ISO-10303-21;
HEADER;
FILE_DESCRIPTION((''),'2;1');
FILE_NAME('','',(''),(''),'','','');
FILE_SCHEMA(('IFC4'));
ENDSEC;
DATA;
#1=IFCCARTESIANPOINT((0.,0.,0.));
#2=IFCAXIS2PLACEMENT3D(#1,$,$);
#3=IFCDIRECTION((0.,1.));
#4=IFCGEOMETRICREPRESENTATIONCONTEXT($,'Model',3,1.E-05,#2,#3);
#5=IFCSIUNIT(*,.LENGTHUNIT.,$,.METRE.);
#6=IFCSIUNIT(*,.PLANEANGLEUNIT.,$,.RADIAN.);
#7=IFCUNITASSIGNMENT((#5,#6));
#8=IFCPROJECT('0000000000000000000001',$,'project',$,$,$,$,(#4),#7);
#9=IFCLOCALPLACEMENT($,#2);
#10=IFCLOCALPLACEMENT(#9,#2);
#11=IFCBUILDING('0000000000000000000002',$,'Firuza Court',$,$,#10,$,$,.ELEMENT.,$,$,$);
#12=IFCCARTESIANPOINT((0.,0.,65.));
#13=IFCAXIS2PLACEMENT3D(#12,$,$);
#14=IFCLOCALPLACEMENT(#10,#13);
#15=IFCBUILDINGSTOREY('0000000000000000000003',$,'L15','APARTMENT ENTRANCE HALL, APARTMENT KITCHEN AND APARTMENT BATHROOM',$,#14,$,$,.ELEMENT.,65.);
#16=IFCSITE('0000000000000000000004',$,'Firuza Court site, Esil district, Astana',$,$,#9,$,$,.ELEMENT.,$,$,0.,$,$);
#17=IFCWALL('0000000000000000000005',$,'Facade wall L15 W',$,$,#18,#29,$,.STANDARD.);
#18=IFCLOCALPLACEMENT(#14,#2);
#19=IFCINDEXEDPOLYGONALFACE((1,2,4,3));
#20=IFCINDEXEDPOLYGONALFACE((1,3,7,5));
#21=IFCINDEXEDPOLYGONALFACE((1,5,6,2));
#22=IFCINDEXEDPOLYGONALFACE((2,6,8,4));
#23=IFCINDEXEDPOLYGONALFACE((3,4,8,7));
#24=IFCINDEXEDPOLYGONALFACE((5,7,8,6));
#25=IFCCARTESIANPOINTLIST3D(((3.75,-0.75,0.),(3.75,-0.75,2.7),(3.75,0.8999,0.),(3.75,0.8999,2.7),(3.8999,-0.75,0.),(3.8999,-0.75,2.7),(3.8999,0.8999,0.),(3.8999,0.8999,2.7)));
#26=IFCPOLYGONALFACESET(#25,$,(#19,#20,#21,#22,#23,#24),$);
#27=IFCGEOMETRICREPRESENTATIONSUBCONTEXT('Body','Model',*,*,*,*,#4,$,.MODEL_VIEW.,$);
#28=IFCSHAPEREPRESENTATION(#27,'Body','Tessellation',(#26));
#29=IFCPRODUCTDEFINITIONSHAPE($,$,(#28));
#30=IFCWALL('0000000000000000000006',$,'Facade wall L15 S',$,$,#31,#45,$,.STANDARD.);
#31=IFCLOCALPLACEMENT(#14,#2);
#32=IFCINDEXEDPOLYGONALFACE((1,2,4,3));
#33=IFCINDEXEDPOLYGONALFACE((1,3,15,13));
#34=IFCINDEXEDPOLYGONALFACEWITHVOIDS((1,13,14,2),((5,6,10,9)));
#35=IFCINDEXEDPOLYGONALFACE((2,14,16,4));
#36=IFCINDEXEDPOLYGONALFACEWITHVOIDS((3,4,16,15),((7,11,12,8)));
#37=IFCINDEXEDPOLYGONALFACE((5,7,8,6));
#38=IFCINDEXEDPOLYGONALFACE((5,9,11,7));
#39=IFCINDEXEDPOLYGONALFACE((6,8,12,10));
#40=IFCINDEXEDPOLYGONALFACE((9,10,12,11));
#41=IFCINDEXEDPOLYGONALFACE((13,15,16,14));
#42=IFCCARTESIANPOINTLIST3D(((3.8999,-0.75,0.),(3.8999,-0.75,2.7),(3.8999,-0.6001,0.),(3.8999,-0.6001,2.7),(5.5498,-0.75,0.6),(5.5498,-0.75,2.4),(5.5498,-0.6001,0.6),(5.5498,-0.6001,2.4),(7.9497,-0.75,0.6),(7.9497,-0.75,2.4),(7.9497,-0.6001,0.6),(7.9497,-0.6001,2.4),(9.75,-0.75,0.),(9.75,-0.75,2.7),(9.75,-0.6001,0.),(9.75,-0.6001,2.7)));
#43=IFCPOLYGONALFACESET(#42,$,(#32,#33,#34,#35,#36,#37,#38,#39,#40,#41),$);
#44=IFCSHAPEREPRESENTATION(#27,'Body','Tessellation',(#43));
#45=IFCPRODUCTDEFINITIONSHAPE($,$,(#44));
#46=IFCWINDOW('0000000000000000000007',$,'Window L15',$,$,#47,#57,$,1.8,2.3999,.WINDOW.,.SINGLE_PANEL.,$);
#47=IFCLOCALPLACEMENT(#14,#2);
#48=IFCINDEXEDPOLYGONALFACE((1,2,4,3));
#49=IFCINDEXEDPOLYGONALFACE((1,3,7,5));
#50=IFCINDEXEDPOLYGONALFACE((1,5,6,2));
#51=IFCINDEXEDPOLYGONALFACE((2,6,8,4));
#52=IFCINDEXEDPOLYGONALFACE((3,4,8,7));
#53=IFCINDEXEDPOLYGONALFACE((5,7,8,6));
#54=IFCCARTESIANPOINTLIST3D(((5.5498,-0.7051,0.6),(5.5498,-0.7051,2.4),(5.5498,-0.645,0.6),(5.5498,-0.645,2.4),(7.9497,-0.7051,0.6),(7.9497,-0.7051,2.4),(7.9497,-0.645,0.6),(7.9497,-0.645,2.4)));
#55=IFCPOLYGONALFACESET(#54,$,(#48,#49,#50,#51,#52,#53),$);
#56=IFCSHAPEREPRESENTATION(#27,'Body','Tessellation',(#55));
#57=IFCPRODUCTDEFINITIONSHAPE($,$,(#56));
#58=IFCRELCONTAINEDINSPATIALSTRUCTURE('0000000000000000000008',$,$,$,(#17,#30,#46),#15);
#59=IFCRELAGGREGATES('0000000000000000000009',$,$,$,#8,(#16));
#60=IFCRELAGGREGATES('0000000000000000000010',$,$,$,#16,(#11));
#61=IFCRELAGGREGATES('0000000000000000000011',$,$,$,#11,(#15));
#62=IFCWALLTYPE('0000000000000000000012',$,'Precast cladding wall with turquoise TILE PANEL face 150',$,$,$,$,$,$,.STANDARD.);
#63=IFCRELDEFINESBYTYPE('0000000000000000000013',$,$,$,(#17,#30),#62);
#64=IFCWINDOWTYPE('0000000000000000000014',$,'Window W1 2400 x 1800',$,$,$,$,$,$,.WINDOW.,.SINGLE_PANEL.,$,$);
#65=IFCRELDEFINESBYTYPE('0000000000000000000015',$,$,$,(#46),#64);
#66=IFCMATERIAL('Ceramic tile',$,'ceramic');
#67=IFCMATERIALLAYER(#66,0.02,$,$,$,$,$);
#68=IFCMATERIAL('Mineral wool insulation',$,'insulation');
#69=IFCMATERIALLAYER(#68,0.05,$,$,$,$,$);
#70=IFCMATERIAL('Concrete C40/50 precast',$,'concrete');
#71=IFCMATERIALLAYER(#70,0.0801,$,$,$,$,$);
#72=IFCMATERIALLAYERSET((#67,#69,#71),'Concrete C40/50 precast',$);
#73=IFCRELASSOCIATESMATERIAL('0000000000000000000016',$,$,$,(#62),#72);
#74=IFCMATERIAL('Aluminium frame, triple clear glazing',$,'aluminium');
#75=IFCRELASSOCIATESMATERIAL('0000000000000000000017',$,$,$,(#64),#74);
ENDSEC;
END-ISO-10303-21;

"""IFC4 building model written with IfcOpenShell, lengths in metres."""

from ifc_helpers import new_model, si_unit, direction, frame, frame_2d, origin, place, context, subcontext, project, spatial, rectangle, extrude, material, layer, layer_set, type_object, element, fill, save


model = new_model("IFC4")

# Units and contexts
model_context = context("Model", 3, precision=1e-05, world=origin(), true_north=direction((0.0, 1.0)))
body_context = subcontext(model_context, "Body", "Model", "MODEL_VIEW")
ifc_project = project(units=[si_unit("LENGTHUNIT", "METRE"), si_unit("PLANEANGLEUNIT", "RADIAN")], contexts=[model_context])

# Site, building, storey
site_placement = place(None, origin())
site = spatial("IfcSite", under=ifc_project, at=site_placement, Name="Firuza Court site, Esil district, Astana", CompositionType="ELEMENT", RefElevation=0.0)
building_placement = place(site_placement, origin())
building = spatial("IfcBuilding", under=site, at=building_placement, Name="Firuza Court", CompositionType="ELEMENT")
storey_placement = place(building_placement, frame((0.0, 0.0, 65.0)))
storey = spatial("IfcBuildingStorey", under=building, at=storey_placement, Name="L15", Description="APARTMENT ENTRANCE HALL, APARTMENT KITCHEN AND APARTMENT BATHROOM", CompositionType="ELEMENT", Elevation=65.0)

# Shared definitions
ifc_material_1 = material(Name="Concrete C40/50 precast", Category="concrete")

# Wall
ifc_material_2 = material(Name="Ceramic tile", Category="ceramic")
ifc_layer_1 = layer(ifc_material_2, 0.02)
ifc_material_3 = material(Name="Mineral wool insulation", Category="insulation")
ifc_layer_2 = layer(ifc_material_3, 0.05)
ifc_layer_3 = layer(ifc_material_1, 0.0801)
ifc_layer_set_1 = layer_set([ifc_layer_1, ifc_layer_2, ifc_layer_3], Name="Concrete C40/50 precast")
wall_type_1 = type_object("IfcWallType", Name="Precast cladding wall with turquoise TILE PANEL face 150", PredefinedType="STANDARD", material=ifc_layer_set_1)
wall_1_placement = place(storey_placement, frame((3.825, 0.8999, 0.0), z_axis=(0.0, 0.0, 1.0), x_axis=(0.0, -1.0, 0.0)))
element("IfcWall", 1, at=wall_1_placement, inside=storey, type_object=wall_type_1, Name="Facade wall L15 W", PredefinedType="STANDARD", context=body_context, shape_type="SweptSolid", body=[
    extrude(rectangle(XDim=1.6499, YDim=0.1499, at=frame_2d((0.825, 0.0))), origin(), (0.0, 0.0, 1.0), 2.7),
])

# Wall, opening, window
wall_2_placement = place(storey_placement, frame((3.8999, -0.675, 0.0), z_axis=(0.0, 0.0, 1.0), x_axis=(1.0, 0.0, 0.0)))
wall_2 = element("IfcWall", 2, at=wall_2_placement, inside=storey, type_object=wall_type_1, Name="Facade wall L15 S", PredefinedType="STANDARD", context=body_context, shape_type="SweptSolid", body=[
    extrude(rectangle(XDim=5.8501, YDim=0.1499, at=frame_2d((2.925, 0.0))), origin(), (0.0, 0.0, 1.0), 2.7),
])
opening_placement = place(wall_2_placement, frame((1.6499, 0.0, 0.6001)))
opening = element("IfcOpeningElement", 3, at=opening_placement, cuts=wall_2, PredefinedType="OPENING", context=body_context, shape_type="SweptSolid", body=[
    extrude(rectangle(XDim=2.3999, YDim=1.8, at=frame_2d((1.2, 0.8999))), frame((0.0, 0.0869, 0.0), z_axis=(0.0, -1.0, 0.0), x_axis=(1.0, 0.0, 0.0)), (0.0, 0.0, 1.0), 0.1738),
])
ifc_material_4 = material(Name="Aluminium frame, triple clear glazing", Category="aluminium")
window_type = type_object("IfcWindowType", Name="Window W1 2400 x 1800", PartitioningType="SINGLE_PANEL", PredefinedType="WINDOW", material=ifc_material_4)
window_placement = place(opening_placement, origin())
window = element("IfcWindow", 4, at=window_placement, inside=storey, type_object=window_type, Name="Window L15", OverallHeight=1.8, OverallWidth=2.3999, PartitioningType="SINGLE_PANEL", PredefinedType="WINDOW", context=body_context, shape_type="SweptSolid", body=[
    extrude(rectangle(XDim=2.3999, YDim=1.8, at=frame_2d((1.2, 0.8999))), frame((0.0, 0.03, 0.0), z_axis=(0.0, -1.0, 0.0), x_axis=(1.0, 0.0, 0.0)), (0.0, 0.0, 1.0), 0.0601),
])
fill(opening, window)

save(model, "model.ifc")
